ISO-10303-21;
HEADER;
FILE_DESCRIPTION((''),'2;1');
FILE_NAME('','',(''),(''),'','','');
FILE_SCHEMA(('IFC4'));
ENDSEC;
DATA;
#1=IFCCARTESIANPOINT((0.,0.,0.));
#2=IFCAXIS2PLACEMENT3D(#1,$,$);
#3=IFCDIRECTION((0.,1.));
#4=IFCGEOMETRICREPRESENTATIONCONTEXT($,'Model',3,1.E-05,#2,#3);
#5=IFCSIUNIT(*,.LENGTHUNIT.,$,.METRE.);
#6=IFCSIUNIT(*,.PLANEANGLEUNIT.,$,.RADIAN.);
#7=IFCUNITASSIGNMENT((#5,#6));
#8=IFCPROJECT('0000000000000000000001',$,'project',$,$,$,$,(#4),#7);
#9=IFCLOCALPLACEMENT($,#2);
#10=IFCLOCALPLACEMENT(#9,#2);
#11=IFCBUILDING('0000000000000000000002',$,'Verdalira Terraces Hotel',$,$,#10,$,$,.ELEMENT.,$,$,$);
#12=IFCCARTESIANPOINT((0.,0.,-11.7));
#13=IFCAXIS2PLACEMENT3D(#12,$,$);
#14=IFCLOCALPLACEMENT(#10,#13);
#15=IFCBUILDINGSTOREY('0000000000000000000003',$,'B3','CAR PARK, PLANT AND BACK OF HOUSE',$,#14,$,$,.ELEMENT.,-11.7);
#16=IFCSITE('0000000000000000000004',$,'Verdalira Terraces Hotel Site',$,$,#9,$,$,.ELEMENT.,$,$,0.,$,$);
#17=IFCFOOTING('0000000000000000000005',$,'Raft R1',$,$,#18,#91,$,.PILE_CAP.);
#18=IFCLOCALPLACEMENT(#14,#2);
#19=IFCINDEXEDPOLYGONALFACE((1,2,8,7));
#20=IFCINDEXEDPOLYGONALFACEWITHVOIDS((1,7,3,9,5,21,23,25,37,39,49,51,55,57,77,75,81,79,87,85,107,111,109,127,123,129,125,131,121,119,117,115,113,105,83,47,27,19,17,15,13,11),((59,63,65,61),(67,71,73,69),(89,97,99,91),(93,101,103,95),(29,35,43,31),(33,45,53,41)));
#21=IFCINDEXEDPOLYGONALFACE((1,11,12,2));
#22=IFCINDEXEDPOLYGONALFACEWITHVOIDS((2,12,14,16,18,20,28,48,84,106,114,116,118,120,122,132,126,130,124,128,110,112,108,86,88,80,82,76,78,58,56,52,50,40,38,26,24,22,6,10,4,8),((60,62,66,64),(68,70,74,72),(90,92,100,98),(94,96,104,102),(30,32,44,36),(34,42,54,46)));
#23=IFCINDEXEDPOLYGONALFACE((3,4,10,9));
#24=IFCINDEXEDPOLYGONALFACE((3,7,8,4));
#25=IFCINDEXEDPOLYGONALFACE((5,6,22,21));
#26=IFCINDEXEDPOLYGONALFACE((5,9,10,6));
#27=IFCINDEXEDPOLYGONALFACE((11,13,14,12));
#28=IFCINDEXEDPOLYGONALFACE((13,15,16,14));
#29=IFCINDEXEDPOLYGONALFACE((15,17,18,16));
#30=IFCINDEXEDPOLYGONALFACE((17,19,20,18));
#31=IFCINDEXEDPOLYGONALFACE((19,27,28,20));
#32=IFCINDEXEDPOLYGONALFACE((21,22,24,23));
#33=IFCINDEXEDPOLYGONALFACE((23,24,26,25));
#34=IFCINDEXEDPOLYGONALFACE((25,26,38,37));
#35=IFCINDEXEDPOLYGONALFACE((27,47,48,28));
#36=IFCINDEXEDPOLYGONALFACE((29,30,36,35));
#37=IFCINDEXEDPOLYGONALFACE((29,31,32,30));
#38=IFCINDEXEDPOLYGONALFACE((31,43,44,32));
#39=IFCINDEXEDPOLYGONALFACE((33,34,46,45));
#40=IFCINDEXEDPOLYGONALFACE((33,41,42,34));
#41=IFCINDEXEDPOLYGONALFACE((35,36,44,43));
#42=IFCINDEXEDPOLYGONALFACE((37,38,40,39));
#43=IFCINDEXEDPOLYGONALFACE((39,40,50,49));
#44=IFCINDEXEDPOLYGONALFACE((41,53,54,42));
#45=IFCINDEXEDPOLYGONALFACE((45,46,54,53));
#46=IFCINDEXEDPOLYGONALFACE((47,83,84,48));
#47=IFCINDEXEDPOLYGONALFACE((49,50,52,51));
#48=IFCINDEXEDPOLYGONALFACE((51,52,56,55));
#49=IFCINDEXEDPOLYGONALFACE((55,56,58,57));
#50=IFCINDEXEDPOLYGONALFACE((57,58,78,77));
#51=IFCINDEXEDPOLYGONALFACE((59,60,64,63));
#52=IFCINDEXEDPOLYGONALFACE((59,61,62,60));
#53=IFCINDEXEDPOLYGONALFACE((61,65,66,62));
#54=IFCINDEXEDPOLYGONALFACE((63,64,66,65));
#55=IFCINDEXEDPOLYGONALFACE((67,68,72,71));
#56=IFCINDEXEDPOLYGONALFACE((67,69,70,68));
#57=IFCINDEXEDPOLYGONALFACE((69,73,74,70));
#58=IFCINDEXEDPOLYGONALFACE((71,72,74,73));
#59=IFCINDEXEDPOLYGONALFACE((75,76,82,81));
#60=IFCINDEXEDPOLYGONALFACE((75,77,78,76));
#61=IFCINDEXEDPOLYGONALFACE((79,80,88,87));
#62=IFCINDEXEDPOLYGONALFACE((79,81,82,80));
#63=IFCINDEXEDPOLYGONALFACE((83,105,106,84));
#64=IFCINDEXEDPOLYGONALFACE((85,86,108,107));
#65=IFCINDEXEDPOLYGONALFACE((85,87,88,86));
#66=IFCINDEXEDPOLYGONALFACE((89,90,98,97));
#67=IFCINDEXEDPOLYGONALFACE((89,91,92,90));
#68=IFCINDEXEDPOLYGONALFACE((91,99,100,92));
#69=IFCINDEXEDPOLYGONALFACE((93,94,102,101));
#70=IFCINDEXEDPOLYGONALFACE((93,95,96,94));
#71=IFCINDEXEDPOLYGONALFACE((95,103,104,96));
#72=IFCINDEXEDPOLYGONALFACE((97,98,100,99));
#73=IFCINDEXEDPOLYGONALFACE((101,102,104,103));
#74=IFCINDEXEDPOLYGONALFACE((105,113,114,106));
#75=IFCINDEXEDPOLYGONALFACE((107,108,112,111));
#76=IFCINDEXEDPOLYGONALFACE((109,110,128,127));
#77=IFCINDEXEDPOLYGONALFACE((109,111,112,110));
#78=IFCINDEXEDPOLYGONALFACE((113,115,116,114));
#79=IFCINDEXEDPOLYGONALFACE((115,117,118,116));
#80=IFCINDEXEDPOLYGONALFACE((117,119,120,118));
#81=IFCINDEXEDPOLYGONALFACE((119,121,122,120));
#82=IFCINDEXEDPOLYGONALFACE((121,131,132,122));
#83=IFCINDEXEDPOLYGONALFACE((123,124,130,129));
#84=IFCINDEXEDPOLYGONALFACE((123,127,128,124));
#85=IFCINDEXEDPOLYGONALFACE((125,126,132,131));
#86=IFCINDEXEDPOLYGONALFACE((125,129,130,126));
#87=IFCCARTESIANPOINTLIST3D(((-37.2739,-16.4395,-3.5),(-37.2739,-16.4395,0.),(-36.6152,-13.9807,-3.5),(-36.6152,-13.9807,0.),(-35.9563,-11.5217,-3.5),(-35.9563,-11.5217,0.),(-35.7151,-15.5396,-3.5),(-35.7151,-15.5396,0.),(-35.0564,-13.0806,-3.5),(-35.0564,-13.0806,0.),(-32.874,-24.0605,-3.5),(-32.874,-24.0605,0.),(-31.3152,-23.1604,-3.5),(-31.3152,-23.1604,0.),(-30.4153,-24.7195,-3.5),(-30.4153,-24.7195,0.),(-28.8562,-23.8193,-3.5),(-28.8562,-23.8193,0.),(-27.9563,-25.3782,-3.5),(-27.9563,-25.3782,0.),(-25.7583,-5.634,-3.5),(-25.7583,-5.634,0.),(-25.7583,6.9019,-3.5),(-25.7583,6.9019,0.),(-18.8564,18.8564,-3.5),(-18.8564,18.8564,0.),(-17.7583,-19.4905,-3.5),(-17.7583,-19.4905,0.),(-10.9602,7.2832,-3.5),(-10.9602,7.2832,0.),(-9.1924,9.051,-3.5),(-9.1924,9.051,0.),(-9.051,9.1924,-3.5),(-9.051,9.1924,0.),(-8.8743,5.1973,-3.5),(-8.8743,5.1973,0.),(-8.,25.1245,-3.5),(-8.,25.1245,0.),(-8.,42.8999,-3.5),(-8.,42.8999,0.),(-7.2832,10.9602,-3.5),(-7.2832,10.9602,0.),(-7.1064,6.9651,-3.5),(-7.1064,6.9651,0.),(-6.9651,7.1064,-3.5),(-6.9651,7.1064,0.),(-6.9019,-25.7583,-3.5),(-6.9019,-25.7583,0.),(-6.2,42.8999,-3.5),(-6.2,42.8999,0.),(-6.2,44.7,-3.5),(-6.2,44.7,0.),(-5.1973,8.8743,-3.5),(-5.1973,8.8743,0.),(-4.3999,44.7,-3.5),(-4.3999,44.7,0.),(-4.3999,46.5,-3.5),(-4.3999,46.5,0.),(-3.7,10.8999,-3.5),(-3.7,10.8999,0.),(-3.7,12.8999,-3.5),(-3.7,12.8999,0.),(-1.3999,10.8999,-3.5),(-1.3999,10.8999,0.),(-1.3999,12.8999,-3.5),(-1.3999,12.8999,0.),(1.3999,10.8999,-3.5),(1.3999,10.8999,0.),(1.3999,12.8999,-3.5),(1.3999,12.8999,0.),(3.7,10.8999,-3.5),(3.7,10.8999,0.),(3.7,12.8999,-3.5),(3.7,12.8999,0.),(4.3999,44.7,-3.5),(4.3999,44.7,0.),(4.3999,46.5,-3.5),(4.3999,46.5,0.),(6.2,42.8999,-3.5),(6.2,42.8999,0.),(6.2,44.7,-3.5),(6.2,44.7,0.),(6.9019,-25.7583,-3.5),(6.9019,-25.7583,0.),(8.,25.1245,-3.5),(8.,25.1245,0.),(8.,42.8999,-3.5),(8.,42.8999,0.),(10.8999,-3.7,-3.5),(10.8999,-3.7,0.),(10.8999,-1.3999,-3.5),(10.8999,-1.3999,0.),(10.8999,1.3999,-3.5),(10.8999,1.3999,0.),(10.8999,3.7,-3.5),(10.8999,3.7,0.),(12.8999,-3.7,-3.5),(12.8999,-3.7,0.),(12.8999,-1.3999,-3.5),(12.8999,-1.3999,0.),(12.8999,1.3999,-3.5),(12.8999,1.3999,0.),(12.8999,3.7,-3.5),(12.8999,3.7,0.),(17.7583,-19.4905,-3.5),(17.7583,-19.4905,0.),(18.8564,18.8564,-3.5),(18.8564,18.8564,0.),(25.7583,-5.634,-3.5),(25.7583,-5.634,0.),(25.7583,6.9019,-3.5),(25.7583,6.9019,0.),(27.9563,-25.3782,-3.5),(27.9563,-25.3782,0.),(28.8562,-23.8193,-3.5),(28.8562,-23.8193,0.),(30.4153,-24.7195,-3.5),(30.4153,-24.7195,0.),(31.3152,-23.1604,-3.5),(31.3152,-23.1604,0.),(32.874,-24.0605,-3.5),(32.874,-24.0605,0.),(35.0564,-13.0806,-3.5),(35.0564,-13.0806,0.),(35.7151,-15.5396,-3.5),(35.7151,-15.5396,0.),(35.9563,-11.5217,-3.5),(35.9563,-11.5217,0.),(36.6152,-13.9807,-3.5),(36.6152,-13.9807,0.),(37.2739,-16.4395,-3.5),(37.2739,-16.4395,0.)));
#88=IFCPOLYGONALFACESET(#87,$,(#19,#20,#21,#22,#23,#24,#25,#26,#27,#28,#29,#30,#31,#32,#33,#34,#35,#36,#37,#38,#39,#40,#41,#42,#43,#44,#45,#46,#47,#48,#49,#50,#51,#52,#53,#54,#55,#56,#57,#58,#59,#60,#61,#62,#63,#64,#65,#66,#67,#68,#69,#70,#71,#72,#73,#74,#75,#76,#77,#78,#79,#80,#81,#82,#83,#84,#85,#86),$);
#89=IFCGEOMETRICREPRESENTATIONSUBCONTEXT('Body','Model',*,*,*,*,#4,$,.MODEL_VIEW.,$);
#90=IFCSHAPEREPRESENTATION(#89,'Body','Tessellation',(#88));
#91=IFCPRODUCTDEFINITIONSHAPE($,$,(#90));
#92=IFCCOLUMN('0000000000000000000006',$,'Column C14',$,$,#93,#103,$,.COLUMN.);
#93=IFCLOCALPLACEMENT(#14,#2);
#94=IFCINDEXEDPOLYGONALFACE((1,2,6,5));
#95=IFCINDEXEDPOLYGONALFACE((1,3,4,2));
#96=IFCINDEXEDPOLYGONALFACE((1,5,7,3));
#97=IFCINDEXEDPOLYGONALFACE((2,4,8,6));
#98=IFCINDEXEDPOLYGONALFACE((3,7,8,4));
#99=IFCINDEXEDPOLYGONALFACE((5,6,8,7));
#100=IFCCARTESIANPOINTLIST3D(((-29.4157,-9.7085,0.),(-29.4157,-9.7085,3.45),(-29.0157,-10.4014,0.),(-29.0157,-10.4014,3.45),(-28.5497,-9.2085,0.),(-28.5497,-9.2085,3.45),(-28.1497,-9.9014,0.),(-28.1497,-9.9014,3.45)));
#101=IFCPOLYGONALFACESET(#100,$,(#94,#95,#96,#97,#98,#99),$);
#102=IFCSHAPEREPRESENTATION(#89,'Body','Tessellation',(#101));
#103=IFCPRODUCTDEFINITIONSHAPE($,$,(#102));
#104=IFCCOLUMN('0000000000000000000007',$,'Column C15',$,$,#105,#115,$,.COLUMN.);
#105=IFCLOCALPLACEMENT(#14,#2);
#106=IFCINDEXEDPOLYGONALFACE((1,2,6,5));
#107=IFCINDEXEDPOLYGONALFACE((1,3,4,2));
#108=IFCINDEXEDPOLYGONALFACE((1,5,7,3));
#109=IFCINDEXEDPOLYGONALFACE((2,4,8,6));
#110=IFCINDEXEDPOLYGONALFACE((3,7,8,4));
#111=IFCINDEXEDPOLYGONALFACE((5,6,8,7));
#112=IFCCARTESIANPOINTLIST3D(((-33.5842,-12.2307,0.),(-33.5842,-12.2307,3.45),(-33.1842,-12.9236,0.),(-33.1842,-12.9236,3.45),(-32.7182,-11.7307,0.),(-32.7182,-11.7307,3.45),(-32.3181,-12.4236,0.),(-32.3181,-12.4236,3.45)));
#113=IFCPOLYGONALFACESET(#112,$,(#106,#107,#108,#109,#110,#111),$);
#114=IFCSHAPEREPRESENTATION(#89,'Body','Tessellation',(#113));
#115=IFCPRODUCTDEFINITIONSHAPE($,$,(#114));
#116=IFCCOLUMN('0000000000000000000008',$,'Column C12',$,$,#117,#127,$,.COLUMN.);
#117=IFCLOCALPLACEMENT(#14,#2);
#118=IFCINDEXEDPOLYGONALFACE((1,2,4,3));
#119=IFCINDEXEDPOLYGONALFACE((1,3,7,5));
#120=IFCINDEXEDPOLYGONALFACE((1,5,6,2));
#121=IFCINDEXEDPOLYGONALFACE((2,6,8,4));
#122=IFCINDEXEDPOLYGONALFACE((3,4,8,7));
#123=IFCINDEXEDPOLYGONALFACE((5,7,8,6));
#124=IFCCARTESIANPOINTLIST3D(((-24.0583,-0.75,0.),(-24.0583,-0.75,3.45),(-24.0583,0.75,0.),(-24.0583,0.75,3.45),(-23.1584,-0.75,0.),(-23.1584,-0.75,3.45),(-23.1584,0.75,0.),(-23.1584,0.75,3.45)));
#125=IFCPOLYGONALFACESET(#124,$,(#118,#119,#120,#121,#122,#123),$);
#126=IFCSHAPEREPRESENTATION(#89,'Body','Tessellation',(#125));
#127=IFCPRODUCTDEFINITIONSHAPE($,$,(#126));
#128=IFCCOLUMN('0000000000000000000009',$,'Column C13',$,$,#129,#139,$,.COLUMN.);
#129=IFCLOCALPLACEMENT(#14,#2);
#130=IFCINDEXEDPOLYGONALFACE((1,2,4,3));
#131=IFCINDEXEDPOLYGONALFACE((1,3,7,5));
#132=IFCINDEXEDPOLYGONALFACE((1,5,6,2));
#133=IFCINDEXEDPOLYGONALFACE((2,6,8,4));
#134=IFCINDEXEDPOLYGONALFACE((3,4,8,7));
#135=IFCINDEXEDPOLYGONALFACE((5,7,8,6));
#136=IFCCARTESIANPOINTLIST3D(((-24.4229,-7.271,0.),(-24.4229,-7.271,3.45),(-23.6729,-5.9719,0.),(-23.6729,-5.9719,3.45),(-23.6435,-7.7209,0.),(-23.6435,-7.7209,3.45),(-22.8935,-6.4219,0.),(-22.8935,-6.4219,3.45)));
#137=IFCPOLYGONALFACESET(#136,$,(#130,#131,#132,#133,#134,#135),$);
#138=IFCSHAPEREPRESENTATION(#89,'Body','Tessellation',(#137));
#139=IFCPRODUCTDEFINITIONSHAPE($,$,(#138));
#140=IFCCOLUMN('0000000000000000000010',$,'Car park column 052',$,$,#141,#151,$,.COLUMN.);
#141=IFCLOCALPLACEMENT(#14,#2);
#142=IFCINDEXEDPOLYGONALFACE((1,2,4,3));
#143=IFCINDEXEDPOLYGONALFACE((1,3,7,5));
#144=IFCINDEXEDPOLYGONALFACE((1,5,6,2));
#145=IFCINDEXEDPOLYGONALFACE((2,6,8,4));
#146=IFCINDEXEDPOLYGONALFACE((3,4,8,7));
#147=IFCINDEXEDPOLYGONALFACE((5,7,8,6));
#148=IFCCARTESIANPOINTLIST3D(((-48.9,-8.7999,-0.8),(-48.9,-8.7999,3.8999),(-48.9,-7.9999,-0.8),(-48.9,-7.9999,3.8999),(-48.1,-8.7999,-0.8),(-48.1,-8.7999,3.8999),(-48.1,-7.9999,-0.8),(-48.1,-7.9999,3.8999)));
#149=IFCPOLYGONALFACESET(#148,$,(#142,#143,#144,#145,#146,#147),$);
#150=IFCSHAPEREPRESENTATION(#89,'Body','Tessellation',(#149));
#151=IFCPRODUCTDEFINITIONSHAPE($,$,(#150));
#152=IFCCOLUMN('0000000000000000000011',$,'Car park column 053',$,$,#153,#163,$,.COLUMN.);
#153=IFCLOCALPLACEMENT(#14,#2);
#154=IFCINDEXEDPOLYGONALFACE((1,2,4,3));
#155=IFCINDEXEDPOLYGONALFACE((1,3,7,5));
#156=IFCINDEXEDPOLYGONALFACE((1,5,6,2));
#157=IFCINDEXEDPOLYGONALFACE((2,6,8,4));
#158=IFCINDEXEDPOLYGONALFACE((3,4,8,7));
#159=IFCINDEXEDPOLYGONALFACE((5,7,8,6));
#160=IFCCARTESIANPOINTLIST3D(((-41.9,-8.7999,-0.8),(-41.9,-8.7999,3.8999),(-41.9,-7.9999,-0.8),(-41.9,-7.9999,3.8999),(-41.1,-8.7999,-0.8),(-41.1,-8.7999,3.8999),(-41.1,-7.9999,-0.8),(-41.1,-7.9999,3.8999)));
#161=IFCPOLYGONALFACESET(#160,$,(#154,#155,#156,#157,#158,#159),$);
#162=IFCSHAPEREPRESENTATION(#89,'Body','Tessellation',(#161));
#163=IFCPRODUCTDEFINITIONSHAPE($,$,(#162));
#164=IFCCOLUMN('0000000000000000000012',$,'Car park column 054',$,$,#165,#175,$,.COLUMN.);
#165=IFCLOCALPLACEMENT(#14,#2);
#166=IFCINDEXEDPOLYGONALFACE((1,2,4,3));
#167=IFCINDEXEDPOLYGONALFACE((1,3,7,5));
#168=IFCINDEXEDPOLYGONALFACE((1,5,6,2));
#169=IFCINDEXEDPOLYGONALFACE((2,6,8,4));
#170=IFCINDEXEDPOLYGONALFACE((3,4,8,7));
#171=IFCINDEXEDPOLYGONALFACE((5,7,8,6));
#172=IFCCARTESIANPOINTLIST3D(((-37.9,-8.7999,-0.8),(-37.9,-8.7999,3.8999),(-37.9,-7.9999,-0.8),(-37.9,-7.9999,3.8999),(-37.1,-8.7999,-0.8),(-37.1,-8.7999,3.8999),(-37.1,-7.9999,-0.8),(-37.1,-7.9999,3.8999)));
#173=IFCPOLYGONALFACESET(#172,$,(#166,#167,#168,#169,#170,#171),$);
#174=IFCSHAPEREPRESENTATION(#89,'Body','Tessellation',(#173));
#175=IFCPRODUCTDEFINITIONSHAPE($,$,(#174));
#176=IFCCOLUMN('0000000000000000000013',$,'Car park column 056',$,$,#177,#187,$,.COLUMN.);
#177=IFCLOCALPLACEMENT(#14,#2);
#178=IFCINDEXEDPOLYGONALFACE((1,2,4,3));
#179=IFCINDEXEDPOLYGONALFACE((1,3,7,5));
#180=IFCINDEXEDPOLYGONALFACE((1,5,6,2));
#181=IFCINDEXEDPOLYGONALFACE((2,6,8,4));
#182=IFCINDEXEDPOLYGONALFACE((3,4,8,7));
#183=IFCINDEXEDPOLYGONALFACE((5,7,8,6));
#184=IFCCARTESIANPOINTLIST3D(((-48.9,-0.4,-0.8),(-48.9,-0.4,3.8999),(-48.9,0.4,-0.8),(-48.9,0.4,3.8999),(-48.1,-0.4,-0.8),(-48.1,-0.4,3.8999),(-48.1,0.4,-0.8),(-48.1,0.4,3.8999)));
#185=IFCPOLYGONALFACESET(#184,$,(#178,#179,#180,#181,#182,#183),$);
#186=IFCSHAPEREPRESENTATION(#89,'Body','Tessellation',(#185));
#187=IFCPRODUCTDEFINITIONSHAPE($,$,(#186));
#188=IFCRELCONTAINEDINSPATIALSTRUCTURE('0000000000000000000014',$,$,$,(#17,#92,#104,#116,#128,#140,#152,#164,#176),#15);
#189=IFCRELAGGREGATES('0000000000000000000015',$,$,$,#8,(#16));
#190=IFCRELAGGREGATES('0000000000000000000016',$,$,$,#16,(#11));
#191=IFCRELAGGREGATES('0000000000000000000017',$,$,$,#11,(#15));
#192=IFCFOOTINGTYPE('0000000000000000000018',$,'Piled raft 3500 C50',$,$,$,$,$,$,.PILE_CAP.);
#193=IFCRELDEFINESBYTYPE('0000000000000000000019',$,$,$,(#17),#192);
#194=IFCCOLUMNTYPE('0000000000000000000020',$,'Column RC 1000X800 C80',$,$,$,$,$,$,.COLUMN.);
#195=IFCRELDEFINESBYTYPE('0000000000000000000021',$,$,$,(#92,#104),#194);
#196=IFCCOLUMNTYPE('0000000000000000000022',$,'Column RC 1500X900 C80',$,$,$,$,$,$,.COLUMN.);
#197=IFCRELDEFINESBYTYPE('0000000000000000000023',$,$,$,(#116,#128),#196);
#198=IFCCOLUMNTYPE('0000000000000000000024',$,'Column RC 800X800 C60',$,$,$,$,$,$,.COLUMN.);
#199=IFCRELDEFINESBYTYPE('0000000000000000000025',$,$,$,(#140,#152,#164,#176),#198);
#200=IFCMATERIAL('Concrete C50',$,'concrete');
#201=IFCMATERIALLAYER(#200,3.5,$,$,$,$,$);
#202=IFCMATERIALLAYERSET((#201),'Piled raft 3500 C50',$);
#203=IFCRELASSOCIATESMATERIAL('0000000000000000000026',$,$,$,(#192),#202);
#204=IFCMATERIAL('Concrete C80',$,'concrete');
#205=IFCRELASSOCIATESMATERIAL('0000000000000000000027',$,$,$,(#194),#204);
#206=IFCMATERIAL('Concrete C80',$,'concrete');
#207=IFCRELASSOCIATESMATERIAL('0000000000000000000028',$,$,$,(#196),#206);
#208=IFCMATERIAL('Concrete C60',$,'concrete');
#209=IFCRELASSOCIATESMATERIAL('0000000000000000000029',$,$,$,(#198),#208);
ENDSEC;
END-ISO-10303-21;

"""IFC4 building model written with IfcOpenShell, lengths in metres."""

from ifc_helpers import new_model, si_unit, direction, frame, origin, origin_2d, place, context, subcontext, project, spatial, polyline, rectangle, outline, extrude, material, layer, layer_set, material_profile, profile_set, type_object, element, save


model = new_model("IFC4")

# Units and contexts
model_context = context("Model", 3, precision=1e-05, world=origin(), true_north=direction((0.0, 1.0)))
body_context = subcontext(model_context, "Body", "Model", "MODEL_VIEW")
ifc_project = project(units=[si_unit("LENGTHUNIT", "METRE"), si_unit("PLANEANGLEUNIT", "RADIAN")], contexts=[model_context])

# Site, building, storey
site_placement = place(None, origin())
site = spatial("IfcSite", under=ifc_project, at=site_placement, Name="Verdalira Terraces Hotel Site", CompositionType="ELEMENT", RefElevation=0.0)
building_placement = place(site_placement, origin())
building = spatial("IfcBuilding", under=site, at=building_placement, Name="Verdalira Terraces Hotel", CompositionType="ELEMENT")
storey_placement = place(building_placement, frame((0.0, 0.0, -11.7)))
storey = spatial("IfcBuildingStorey", under=building, at=storey_placement, Name="B3", Description="CAR PARK, PLANT AND BACK OF HOUSE", CompositionType="ELEMENT", Elevation=-11.7)

# Footing
ifc_material_1 = material(Name="Concrete C50", Category="concrete")
ifc_layer_1 = layer(ifc_material_1, 3.5)
ifc_layer_set_1 = layer_set([ifc_layer_1], Name="Piled raft 3500 C50")
footing_type = type_object("IfcFootingType", Name="Piled raft 3500 C50", PredefinedType="PILE_CAP", material=ifc_layer_set_1)
footing_placement = place(storey_placement, frame((0.0, 0.0, -3.5)))
element("IfcFooting", 1, at=footing_placement, inside=storey, type_object=footing_type, Name="Raft R1", PredefinedType="PILE_CAP", context=body_context, shape_type="SweptSolid", body=[
    extrude(outline(polyline([(18.8564, 18.8564), (8.0, 25.1245), (8.0, 42.8999), (6.2, 42.8999), (6.2, 44.7), (4.3999, 44.7), (4.3999, 46.5), (-4.3999, 46.5), (-4.3999, 44.7), (-6.2, 44.7), (-6.2, 42.8999), (-8.0, 42.8999), (-8.0, 25.1245), (-18.8564, 18.8564), (-25.7583, 6.9019), (-25.7583, -5.634), (-35.9563, -11.5217), (-35.0564, -13.0806), (-36.6152, -13.9807), (-35.7151, -15.5396), (-37.2739, -16.4395), (-32.874, -24.0605), (-31.3152, -23.1604), (-30.4153, -24.7195), (-28.8562, -23.8193), (-27.9563, -25.3782), (-17.7583, -19.4905), (-6.9019, -25.7583), (6.9019, -25.7583), (17.7583, -19.4905), (27.9563, -25.3782), (28.8562, -23.8193), (30.4153, -24.7195), (31.3152, -23.1604), (32.874, -24.0605), (37.2739, -16.4395), (35.7151, -15.5396), (36.6152, -13.9807), (35.0564, -13.0806), (35.9563, -11.5217), (25.7583, -5.634), (25.7583, 6.9019), (18.8564, 18.8564)]), holes=[polyline([(12.8999, -1.3999), (12.8999, -3.7), (10.8999, -3.7), (10.8999, -1.3999), (12.8999, -1.3999)]), polyline([(12.8999, 3.7), (12.8999, 1.3999), (10.8999, 1.3999), (10.8999, 3.7), (12.8999, 3.7)]), polyline([(-10.9602, 7.2832), (-9.1924, 9.051), (-7.1064, 6.9651), (-8.8743, 5.1973), (-10.9602, 7.2832)]), polyline([(-6.9651, 7.1064), (-9.051, 9.1924), (-7.2832, 10.9602), (-5.1973, 8.8743), (-6.9651, 7.1064)]), polyline([(-3.7, 12.8999), (-1.3999, 12.8999), (-1.3999, 10.8999), (-3.7, 10.8999), (-3.7, 12.8999)]), polyline([(3.7, 12.8999), (3.7, 10.8999), (1.3999, 10.8999), (1.3999, 12.8999), (3.7, 12.8999)])]), origin(), (0.0, 0.0, 1.0), 3.5),
])

# Columns
ifc_material_2 = material(Name="Concrete C80", Category="concrete")
ifc_material_profile_1 = material_profile(ifc_material_2, rectangle(XDim=1.0, YDim=0.8, at=origin_2d()), Name="RC 1000X800")
ifc_profile_set_1 = profile_set([ifc_material_profile_1], Name="Concrete C80")
column_type_1 = type_object("IfcColumnType", Name="Column RC 1000X800 C80", PredefinedType="COLUMN", material=ifc_profile_set_1)
for number, where, z_axis, x_axis, name in (
    (2, (-28.7827, -9.8049, 0.0), (0.0, 0.0, 1.0), (-0.866025, -0.5, 0.0), "Column C14"),
    (3, (-32.9512, -12.3271, 0.0), (0.0, 0.0, 1.0), (-0.866025, -0.5, 0.0), "Column C15"),
):
    element("IfcColumn", number, at=place(storey_placement, frame(where, z_axis=z_axis, x_axis=x_axis)), inside=storey, type_object=column_type_1, Name=name, PredefinedType="COLUMN", context=body_context, shape_type="SweptSolid", body=[
        extrude(rectangle(XDim=1.0, YDim=0.8, at=origin_2d()), origin(), (0.0, 0.0, 1.0), 3.45),
    ])
ifc_material_3 = material(Name="Concrete C80", Category="concrete")
ifc_material_profile_2 = material_profile(ifc_material_3, rectangle(XDim=1.5, YDim=0.8999, at=origin_2d()), Name="RC 1500X900")
ifc_profile_set_2 = profile_set([ifc_material_profile_2], Name="Concrete C80")
column_type_2 = type_object("IfcColumnType", Name="Column RC 1500X900 C80", PredefinedType="COLUMN", material=ifc_profile_set_2)
for number, where, z_axis, x_axis, name in (
    (4, (-23.6084, 0.0, 0.0), (0.0, 0.0, 1.0), (0.0, -1.0, 0.0), "Column C12"),
    (5, (-23.6582, -6.8464, 0.0), (0.0, 0.0, 1.0), (0.5, 0.866025, 0.0), "Column C13"),
):
    element("IfcColumn", number, at=place(storey_placement, frame(where, z_axis=z_axis, x_axis=x_axis)), inside=storey, type_object=column_type_2, Name=name, PredefinedType="COLUMN", context=body_context, shape_type="SweptSolid", body=[
        extrude(rectangle(XDim=1.5, YDim=0.8999, at=origin_2d()), origin(), (0.0, 0.0, 1.0), 3.45),
    ])
ifc_material_4 = material(Name="Concrete C60", Category="concrete")
ifc_material_profile_3 = material_profile(ifc_material_4, rectangle(XDim=0.8, YDim=0.8, at=origin_2d()), Name="RC 800X800")
ifc_profile_set_3 = profile_set([ifc_material_profile_3], Name="Concrete C60")
column_type_3 = type_object("IfcColumnType", Name="Column RC 800X800 C60", PredefinedType="COLUMN", material=ifc_profile_set_3)
for number, where, z_axis, x_axis, name in (
    (6, (-48.5, -8.3999, -0.8), (0.0, 0.0, 1.0), (1.0, 0.0, 0.0), "Car park column 052"),
    (7, (-41.5, -8.3999, -0.8), (0.0, 0.0, 1.0), (1.0, 0.0, 0.0), "Car park column 053"),
    (8, (-37.5, -8.3999, -0.8), (0.0, 0.0, 1.0), (1.0, 0.0, 0.0), "Car park column 054"),
    (9, (-48.5, 0.0, -0.8), (0.0, 0.0, 1.0), (1.0, 0.0, 0.0), "Car park column 056"),
):
    element("IfcColumn", number, at=place(storey_placement, frame(where, z_axis=z_axis, x_axis=x_axis)), inside=storey, type_object=column_type_3, Name=name, PredefinedType="COLUMN", context=body_context, shape_type="SweptSolid", body=[
        extrude(rectangle(XDim=0.8, YDim=0.8, at=origin_2d()), origin(), (0.0, 0.0, 1.0), 4.7),
    ])

save(model, "model.ifc")
